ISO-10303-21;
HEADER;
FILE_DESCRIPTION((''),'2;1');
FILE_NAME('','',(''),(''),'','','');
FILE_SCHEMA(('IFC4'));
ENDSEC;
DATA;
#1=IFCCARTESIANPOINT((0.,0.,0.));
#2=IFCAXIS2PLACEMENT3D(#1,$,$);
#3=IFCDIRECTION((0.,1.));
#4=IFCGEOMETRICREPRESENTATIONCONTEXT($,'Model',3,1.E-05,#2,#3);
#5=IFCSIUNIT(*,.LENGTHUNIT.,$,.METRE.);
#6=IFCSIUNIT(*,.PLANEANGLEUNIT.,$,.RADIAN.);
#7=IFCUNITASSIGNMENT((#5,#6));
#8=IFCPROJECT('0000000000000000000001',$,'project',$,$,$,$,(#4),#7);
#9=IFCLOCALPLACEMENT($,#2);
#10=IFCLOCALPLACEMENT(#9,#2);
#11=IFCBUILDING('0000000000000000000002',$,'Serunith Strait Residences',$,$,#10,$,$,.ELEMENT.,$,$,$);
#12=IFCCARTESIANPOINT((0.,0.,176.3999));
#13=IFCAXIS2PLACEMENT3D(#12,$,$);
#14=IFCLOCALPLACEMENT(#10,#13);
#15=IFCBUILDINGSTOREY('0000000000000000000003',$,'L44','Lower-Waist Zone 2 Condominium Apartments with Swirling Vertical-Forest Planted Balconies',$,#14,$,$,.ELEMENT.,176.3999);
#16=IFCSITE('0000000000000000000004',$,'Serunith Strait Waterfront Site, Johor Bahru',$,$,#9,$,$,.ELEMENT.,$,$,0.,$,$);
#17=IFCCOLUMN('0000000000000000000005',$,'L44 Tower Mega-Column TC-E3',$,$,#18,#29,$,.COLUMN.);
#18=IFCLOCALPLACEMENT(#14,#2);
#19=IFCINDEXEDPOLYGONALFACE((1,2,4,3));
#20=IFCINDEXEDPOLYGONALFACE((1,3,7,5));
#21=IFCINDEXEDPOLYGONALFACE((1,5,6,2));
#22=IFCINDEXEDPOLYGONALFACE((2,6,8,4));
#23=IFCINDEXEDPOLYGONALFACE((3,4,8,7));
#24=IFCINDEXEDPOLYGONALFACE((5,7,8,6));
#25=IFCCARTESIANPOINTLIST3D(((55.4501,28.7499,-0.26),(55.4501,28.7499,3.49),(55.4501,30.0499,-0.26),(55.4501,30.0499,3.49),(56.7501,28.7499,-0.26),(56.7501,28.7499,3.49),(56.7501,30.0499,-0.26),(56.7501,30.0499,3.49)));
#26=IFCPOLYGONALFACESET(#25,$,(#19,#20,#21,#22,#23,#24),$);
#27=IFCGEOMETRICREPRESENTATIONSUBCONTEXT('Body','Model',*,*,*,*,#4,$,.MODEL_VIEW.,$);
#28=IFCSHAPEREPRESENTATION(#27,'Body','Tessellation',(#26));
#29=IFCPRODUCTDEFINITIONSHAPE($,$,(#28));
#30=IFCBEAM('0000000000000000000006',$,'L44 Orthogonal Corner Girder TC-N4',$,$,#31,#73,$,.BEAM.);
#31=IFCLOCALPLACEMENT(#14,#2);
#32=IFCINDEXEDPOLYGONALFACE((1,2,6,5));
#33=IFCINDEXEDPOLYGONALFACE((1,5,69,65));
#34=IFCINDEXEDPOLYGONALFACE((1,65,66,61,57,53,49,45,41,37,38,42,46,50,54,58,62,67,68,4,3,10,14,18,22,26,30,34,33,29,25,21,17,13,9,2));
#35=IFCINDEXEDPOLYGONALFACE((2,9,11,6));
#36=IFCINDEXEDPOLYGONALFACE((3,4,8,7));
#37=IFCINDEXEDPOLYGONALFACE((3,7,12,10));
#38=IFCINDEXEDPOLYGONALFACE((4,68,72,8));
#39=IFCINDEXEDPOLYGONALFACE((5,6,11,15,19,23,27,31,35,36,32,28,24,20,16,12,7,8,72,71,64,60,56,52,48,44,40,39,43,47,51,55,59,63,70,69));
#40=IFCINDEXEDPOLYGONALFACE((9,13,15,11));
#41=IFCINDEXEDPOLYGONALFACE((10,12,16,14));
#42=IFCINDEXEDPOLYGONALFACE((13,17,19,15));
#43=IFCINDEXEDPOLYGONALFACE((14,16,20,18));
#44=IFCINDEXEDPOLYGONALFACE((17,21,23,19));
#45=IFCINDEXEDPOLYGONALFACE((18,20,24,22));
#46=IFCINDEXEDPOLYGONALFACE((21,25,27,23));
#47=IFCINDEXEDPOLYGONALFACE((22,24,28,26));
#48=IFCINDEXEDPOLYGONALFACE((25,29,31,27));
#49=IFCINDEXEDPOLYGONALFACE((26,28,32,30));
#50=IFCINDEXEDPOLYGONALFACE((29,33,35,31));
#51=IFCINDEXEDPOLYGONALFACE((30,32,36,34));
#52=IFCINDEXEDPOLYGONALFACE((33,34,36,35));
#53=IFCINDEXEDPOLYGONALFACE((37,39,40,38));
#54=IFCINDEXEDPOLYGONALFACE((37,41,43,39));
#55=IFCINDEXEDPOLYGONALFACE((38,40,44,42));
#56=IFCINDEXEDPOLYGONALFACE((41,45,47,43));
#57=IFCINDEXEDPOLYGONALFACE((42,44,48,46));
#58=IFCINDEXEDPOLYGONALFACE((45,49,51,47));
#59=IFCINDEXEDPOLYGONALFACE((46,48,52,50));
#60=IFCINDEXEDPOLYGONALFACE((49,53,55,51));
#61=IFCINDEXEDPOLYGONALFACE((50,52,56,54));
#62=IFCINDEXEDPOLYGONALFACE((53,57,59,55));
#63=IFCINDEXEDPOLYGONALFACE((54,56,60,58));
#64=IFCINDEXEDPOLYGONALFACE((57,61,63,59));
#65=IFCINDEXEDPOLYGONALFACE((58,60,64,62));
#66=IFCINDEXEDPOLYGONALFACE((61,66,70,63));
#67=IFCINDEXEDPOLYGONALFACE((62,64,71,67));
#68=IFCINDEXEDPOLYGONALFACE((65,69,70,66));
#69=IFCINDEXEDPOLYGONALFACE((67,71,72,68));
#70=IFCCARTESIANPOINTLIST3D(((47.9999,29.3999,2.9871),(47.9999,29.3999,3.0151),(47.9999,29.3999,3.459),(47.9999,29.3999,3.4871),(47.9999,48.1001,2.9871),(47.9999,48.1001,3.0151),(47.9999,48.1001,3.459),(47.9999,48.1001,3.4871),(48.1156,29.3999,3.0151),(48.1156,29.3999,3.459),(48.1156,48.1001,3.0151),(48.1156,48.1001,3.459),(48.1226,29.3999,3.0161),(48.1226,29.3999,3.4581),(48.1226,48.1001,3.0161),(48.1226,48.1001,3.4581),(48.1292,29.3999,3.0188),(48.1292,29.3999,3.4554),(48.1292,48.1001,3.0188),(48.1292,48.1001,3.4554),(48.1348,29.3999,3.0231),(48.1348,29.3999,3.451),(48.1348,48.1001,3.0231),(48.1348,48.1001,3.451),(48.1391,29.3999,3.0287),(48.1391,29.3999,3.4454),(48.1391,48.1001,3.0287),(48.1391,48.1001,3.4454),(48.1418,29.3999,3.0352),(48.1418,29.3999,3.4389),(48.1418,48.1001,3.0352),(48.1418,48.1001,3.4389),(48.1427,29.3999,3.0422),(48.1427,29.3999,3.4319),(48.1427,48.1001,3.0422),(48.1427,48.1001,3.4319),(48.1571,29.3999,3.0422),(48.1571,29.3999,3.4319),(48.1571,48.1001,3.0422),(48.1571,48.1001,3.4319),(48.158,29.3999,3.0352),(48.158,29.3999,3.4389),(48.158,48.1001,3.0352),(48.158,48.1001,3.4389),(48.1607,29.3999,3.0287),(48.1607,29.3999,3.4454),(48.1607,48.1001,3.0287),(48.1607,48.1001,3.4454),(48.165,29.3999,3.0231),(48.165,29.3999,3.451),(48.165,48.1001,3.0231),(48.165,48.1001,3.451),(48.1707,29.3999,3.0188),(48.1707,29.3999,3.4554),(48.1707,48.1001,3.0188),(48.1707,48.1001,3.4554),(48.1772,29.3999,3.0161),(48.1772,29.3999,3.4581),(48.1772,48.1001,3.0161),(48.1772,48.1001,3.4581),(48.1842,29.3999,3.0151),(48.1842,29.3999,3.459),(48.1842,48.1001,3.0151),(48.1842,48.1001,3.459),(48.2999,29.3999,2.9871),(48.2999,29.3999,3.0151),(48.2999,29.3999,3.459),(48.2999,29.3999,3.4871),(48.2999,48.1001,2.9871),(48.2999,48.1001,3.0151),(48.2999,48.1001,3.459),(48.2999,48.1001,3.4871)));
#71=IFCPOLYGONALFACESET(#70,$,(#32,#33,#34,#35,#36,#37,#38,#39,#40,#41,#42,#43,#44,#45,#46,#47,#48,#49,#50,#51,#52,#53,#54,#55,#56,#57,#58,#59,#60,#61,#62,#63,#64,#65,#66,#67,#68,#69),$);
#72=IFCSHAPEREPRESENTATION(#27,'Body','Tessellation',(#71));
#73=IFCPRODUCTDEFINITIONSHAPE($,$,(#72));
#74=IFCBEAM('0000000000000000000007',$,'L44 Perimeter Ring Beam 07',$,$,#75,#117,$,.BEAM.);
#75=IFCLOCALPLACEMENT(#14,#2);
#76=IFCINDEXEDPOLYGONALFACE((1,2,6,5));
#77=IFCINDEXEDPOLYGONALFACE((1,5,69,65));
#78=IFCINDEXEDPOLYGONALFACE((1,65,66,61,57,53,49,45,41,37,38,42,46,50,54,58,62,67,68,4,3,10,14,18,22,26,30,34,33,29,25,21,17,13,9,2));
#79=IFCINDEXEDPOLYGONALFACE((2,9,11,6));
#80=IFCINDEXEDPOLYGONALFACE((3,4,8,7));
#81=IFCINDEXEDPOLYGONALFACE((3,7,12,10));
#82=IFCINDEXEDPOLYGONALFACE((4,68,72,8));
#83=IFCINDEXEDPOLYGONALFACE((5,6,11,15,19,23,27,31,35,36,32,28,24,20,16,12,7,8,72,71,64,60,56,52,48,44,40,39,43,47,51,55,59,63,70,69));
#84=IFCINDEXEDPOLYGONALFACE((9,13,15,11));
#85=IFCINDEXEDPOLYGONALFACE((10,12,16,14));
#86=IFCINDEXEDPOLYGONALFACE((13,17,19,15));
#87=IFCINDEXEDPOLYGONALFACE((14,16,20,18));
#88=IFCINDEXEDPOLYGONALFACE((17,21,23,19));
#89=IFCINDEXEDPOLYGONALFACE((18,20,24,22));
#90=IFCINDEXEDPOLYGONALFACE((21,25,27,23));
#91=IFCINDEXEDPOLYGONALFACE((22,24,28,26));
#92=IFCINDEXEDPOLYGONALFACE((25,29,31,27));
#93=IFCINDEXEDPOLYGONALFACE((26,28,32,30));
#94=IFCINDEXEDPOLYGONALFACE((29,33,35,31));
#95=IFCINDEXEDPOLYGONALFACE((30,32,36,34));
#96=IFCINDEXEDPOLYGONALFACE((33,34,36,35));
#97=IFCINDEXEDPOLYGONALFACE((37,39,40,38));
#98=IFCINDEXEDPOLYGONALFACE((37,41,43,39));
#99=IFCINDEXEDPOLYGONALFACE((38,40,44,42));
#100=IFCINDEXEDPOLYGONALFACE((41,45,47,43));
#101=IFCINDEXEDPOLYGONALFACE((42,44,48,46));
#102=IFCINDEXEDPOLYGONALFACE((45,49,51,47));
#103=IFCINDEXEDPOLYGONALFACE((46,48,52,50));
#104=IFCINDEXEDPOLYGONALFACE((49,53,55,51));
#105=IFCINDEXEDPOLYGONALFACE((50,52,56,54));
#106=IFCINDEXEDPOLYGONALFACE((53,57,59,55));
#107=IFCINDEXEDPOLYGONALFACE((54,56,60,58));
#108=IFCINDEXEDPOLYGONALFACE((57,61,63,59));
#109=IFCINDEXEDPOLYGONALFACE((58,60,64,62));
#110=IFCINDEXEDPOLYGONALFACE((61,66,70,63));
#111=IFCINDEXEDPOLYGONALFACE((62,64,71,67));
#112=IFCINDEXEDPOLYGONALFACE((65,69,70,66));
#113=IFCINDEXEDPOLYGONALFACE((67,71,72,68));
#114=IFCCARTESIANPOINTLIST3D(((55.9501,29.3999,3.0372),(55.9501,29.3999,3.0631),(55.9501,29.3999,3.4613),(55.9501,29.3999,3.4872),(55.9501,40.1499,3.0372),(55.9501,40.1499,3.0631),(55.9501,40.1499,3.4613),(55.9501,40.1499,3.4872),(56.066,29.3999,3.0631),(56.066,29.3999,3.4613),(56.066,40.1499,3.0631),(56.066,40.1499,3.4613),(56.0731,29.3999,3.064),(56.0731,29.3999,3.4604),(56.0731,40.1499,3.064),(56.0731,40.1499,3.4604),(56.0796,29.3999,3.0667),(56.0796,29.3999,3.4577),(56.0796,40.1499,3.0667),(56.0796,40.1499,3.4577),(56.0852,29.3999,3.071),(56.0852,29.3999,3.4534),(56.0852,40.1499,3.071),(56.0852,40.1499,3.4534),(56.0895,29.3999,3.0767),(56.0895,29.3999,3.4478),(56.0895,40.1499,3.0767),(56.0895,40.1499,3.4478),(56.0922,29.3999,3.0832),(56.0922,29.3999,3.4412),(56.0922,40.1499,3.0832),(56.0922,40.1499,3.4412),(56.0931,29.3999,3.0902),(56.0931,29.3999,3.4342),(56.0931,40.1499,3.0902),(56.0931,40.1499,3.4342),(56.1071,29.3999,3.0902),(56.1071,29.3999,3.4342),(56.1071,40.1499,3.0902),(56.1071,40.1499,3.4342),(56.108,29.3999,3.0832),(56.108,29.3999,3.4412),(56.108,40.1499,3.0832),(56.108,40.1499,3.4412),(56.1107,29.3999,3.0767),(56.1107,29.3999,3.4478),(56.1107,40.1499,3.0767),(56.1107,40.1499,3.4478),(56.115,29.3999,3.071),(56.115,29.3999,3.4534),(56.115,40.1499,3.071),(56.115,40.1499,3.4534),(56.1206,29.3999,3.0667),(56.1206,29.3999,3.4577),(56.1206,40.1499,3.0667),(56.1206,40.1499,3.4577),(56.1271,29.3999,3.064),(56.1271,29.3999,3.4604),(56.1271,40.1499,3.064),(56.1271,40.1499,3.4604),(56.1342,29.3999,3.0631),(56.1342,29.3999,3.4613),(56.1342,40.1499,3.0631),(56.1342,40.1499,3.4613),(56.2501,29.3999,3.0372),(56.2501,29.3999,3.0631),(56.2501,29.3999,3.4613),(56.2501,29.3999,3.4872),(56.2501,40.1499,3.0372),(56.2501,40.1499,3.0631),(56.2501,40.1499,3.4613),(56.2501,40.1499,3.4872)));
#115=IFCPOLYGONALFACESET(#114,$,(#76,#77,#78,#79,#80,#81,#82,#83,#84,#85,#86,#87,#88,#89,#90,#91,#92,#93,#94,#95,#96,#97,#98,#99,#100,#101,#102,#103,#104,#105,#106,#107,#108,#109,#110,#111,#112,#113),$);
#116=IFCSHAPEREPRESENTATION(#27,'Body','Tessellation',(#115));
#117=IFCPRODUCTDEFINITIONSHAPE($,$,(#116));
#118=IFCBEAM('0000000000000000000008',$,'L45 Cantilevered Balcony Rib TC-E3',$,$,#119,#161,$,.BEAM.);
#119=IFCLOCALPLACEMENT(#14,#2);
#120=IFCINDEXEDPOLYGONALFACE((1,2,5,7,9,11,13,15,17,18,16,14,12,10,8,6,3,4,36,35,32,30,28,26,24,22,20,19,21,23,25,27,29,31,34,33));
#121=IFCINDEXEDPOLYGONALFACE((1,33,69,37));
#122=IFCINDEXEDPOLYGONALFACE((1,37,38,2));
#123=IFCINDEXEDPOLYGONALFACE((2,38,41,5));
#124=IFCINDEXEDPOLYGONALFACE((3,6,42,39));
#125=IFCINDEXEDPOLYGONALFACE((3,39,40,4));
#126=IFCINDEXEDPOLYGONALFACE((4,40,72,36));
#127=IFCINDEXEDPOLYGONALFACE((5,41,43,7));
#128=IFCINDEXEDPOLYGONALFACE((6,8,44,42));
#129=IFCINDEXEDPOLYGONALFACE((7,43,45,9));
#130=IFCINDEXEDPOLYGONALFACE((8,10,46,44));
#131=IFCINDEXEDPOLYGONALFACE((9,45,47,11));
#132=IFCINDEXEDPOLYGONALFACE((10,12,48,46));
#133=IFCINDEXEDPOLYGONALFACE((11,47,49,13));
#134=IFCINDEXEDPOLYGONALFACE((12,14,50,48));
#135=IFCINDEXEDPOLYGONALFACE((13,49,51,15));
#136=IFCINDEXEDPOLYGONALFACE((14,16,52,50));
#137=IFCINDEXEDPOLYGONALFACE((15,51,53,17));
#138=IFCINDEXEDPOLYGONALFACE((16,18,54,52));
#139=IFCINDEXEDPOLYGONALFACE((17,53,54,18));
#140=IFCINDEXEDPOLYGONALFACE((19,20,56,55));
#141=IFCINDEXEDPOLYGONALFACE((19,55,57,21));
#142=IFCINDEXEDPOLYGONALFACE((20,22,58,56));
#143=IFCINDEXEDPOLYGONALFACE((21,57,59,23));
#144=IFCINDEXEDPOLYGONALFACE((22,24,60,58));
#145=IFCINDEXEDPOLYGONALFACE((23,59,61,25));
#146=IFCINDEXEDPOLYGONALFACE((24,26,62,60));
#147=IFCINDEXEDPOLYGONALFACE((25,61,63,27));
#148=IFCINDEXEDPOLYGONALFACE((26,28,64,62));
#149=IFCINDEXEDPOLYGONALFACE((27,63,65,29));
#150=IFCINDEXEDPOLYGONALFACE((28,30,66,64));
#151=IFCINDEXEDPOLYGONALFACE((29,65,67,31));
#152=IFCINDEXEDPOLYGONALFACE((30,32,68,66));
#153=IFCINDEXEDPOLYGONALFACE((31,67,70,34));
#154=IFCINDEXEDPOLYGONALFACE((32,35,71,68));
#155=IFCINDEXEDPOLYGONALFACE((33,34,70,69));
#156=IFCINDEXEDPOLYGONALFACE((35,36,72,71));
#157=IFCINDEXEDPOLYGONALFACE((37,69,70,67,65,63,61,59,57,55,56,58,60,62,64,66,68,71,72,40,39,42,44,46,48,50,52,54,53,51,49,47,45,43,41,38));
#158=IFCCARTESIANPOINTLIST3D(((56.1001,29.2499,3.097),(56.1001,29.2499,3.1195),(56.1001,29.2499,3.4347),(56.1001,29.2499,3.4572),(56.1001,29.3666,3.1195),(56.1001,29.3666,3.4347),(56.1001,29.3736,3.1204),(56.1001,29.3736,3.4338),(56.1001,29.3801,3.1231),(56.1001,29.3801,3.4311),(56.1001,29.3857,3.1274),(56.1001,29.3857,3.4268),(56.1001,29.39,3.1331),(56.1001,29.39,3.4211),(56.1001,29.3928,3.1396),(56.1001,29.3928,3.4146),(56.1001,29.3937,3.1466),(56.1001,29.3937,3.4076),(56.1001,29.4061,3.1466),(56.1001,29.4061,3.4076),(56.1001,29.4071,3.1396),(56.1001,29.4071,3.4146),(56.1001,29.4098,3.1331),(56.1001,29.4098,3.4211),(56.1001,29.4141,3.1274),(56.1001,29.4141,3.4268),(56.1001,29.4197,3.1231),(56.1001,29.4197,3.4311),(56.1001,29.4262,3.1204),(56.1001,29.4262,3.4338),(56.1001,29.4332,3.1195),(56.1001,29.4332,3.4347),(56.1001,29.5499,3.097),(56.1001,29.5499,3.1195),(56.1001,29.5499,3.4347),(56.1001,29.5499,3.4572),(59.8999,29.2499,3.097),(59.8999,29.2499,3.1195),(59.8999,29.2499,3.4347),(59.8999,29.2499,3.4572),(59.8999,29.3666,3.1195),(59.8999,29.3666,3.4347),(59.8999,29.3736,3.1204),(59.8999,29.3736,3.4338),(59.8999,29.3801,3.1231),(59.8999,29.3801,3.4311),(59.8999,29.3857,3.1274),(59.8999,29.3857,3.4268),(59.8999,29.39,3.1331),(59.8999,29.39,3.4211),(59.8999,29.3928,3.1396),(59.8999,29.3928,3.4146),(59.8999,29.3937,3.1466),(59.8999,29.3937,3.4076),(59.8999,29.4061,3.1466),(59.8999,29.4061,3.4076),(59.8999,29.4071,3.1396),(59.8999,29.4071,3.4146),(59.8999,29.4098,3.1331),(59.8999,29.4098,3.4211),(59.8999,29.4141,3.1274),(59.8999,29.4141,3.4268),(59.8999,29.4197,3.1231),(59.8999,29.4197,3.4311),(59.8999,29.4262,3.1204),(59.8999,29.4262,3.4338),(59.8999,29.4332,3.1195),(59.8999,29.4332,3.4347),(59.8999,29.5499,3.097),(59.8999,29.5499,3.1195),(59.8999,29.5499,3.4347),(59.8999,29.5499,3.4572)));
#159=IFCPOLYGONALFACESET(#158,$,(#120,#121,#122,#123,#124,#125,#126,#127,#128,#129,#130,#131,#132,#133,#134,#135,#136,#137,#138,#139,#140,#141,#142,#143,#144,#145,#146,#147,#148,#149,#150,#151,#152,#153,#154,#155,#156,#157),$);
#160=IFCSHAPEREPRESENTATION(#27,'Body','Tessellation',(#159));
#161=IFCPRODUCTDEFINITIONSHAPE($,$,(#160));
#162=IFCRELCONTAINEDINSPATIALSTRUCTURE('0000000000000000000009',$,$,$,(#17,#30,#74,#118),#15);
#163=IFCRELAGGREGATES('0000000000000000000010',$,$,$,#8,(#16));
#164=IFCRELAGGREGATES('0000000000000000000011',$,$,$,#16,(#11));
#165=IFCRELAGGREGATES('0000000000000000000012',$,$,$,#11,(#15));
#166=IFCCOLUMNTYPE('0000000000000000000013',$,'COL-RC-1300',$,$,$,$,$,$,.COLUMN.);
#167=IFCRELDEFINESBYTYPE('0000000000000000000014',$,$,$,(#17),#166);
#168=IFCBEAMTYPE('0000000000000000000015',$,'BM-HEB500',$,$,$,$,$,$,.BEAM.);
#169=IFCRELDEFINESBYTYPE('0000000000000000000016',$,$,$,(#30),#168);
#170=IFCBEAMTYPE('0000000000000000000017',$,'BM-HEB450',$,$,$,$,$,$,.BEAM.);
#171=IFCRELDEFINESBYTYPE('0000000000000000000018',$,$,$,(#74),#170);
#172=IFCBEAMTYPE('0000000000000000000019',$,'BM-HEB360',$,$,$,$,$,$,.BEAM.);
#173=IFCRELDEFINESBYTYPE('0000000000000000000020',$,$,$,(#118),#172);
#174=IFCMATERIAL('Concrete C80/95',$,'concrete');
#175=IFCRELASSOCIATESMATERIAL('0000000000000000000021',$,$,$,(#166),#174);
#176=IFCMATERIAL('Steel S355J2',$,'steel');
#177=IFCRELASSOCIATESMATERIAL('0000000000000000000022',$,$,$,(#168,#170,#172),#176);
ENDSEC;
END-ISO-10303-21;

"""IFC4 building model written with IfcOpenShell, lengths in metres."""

from ifc_helpers import new_model, si_unit, direction, frame, origin, origin_2d, place, context, subcontext, project, spatial, rectangle, i_section, extrude, source, transform, mapped, material, material_profile, profile_set, type_object, element, save


model = new_model("IFC4")

# Units and contexts
model_context = context("Model", 3, precision=1e-05, world=origin(), true_north=direction((0.0, 1.0)))
body_context = subcontext(model_context, "Body", "Model", "MODEL_VIEW")
ifc_project = project(units=[si_unit("LENGTHUNIT", "METRE"), si_unit("PLANEANGLEUNIT", "RADIAN")], contexts=[model_context])

# Site, building, storey
site_placement = place(None, origin())
site = spatial("IfcSite", under=ifc_project, at=site_placement, Name="Serunith Strait Waterfront Site, Johor Bahru", CompositionType="ELEMENT", RefElevation=0.0)
building_placement = place(site_placement, origin())
building = spatial("IfcBuilding", under=site, at=building_placement, Name="Serunith Strait Residences", CompositionType="ELEMENT")
storey_placement = place(building_placement, frame((0.0, 0.0, 176.3999)))
storey = spatial("IfcBuildingStorey", under=building, at=storey_placement, Name="L44", Description="Lower-Waist Zone 2 Condominium Apartments with Swirling Vertical-Forest Planted Balconies", CompositionType="ELEMENT", Elevation=176.3999)

# Column
ifc_material_1 = material(Name="Concrete C80/95", Category="concrete")
ifc_material_profile_1 = material_profile(ifc_material_1, rectangle(XDim=1.3, YDim=1.3, at=origin_2d()), Name="RC 1300x1300")
ifc_profile_set_1 = profile_set([ifc_material_profile_1], Name="Concrete C80/95")
column_type = type_object("IfcColumnType", Name="COL-RC-1300", PredefinedType="COLUMN", material=ifc_profile_set_1)
shared_shape_1 = source(origin(), body_context, "Body", "SweptSolid", [
    extrude(rectangle(XDim=1.3, YDim=1.3, at=origin_2d()), origin(), (0.0, 0.0, 1.0), 3.75),
])
column_placement = place(storey_placement, frame((56.1001, 29.3999, -0.26), z_axis=(0.0, 0.0, 1.0), x_axis=(1.0, 0.0, 0.0)))
element("IfcColumn", 1, at=column_placement, inside=storey, type_object=column_type, Name="L44 Tower Mega-Column TC-E3", PredefinedType="COLUMN", context=body_context, shape_type="MappedRepresentation", body=[
    mapped(shared_shape_1, transform((0.0, 0.0, 0.0), scale=1.0)),
])

# Beams
ifc_material_2 = material(Name="Steel S355J2", Category="steel")
ifc_material_profile_2 = material_profile(ifc_material_2, i_section(OverallWidth=0.3, OverallDepth=0.5, WebThickness=0.0144, FlangeThickness=0.0281, FilletRadius=0.0271, at=origin_2d()), Name="HEB 500")
ifc_profile_set_2 = profile_set([ifc_material_profile_2], Name="Steel S355J2")
beam_type_1 = type_object("IfcBeamType", Name="BM-HEB500", PredefinedType="BEAM", material=ifc_profile_set_2)
shared_shape_2 = source(origin(), body_context, "Body", "SweptSolid", [
    extrude(i_section(OverallWidth=0.3, OverallDepth=0.5, WebThickness=0.0144, FlangeThickness=0.0281, FilletRadius=0.0271, at=origin_2d()), origin(), (0.0, 0.0, 1.0), 18.7002),
])
beam_1_placement = place(storey_placement, frame((48.1499, 29.3999, 3.2371), z_axis=(0.0, 1.0, 0.0), x_axis=(-1.0, 0.0, 0.0)))
element("IfcBeam", 2, at=beam_1_placement, inside=storey, type_object=beam_type_1, Name="L44 Orthogonal Corner Girder TC-N4", PredefinedType="BEAM", context=body_context, shape_type="MappedRepresentation", body=[
    mapped(shared_shape_2, transform((0.0, 0.0, 0.0), scale=1.0)),
])
ifc_material_profile_3 = material_profile(ifc_material_2, i_section(OverallWidth=0.3, OverallDepth=0.45, WebThickness=0.0139, FlangeThickness=0.0259, FilletRadius=0.0271, at=origin_2d()), Name="HEB 450")
ifc_profile_set_3 = profile_set([ifc_material_profile_3], Name="Steel S355J2")
beam_type_2 = type_object("IfcBeamType", Name="BM-HEB450", PredefinedType="BEAM", material=ifc_profile_set_3)
shared_shape_3 = source(origin(), body_context, "Body", "SweptSolid", [
    extrude(i_section(OverallWidth=0.3, OverallDepth=0.45, WebThickness=0.0139, FlangeThickness=0.0259, FilletRadius=0.0271, at=origin_2d()), origin(), (0.0, 0.0, 1.0), 10.75),
])
beam_2_placement = place(storey_placement, frame((56.1001, 29.3999, 3.2622), z_axis=(0.0, 1.0, 0.0), x_axis=(-1.0, 0.0, 0.0)))
element("IfcBeam", 3, at=beam_2_placement, inside=storey, type_object=beam_type_2, Name="L44 Perimeter Ring Beam 07", PredefinedType="BEAM", context=body_context, shape_type="MappedRepresentation", body=[
    mapped(shared_shape_3, transform((0.0, 0.0, 0.0), scale=1.0)),
])
ifc_material_profile_4 = material_profile(ifc_material_2, i_section(OverallWidth=0.3, OverallDepth=0.3601, WebThickness=0.0125, FlangeThickness=0.0225, FilletRadius=0.0271, at=origin_2d()), Name="HEB 360")
ifc_profile_set_4 = profile_set([ifc_material_profile_4], Name="Steel S355J2")
beam_type_3 = type_object("IfcBeamType", Name="BM-HEB360", PredefinedType="BEAM", material=ifc_profile_set_4)
shared_shape_4 = source(origin(), body_context, "Body", "SweptSolid", [
    extrude(i_section(OverallWidth=0.3, OverallDepth=0.3601, WebThickness=0.0125, FlangeThickness=0.0225, FilletRadius=0.0271, at=origin_2d()), origin(), (0.0, 0.0, 1.0), 3.7998),
])
beam_3_placement = place(storey_placement, frame((56.1001, 29.3999, 3.2771), z_axis=(1.0, 0.0, 0.0), x_axis=(0.0, 1.0, 0.0)))
element("IfcBeam", 4, at=beam_3_placement, inside=storey, type_object=beam_type_3, Name="L45 Cantilevered Balcony Rib TC-E3", PredefinedType="BEAM", context=body_context, shape_type="MappedRepresentation", body=[
    mapped(shared_shape_4, transform((0.0, 0.0, 0.0), scale=1.0)),
])

save(model, "model.ifc")
